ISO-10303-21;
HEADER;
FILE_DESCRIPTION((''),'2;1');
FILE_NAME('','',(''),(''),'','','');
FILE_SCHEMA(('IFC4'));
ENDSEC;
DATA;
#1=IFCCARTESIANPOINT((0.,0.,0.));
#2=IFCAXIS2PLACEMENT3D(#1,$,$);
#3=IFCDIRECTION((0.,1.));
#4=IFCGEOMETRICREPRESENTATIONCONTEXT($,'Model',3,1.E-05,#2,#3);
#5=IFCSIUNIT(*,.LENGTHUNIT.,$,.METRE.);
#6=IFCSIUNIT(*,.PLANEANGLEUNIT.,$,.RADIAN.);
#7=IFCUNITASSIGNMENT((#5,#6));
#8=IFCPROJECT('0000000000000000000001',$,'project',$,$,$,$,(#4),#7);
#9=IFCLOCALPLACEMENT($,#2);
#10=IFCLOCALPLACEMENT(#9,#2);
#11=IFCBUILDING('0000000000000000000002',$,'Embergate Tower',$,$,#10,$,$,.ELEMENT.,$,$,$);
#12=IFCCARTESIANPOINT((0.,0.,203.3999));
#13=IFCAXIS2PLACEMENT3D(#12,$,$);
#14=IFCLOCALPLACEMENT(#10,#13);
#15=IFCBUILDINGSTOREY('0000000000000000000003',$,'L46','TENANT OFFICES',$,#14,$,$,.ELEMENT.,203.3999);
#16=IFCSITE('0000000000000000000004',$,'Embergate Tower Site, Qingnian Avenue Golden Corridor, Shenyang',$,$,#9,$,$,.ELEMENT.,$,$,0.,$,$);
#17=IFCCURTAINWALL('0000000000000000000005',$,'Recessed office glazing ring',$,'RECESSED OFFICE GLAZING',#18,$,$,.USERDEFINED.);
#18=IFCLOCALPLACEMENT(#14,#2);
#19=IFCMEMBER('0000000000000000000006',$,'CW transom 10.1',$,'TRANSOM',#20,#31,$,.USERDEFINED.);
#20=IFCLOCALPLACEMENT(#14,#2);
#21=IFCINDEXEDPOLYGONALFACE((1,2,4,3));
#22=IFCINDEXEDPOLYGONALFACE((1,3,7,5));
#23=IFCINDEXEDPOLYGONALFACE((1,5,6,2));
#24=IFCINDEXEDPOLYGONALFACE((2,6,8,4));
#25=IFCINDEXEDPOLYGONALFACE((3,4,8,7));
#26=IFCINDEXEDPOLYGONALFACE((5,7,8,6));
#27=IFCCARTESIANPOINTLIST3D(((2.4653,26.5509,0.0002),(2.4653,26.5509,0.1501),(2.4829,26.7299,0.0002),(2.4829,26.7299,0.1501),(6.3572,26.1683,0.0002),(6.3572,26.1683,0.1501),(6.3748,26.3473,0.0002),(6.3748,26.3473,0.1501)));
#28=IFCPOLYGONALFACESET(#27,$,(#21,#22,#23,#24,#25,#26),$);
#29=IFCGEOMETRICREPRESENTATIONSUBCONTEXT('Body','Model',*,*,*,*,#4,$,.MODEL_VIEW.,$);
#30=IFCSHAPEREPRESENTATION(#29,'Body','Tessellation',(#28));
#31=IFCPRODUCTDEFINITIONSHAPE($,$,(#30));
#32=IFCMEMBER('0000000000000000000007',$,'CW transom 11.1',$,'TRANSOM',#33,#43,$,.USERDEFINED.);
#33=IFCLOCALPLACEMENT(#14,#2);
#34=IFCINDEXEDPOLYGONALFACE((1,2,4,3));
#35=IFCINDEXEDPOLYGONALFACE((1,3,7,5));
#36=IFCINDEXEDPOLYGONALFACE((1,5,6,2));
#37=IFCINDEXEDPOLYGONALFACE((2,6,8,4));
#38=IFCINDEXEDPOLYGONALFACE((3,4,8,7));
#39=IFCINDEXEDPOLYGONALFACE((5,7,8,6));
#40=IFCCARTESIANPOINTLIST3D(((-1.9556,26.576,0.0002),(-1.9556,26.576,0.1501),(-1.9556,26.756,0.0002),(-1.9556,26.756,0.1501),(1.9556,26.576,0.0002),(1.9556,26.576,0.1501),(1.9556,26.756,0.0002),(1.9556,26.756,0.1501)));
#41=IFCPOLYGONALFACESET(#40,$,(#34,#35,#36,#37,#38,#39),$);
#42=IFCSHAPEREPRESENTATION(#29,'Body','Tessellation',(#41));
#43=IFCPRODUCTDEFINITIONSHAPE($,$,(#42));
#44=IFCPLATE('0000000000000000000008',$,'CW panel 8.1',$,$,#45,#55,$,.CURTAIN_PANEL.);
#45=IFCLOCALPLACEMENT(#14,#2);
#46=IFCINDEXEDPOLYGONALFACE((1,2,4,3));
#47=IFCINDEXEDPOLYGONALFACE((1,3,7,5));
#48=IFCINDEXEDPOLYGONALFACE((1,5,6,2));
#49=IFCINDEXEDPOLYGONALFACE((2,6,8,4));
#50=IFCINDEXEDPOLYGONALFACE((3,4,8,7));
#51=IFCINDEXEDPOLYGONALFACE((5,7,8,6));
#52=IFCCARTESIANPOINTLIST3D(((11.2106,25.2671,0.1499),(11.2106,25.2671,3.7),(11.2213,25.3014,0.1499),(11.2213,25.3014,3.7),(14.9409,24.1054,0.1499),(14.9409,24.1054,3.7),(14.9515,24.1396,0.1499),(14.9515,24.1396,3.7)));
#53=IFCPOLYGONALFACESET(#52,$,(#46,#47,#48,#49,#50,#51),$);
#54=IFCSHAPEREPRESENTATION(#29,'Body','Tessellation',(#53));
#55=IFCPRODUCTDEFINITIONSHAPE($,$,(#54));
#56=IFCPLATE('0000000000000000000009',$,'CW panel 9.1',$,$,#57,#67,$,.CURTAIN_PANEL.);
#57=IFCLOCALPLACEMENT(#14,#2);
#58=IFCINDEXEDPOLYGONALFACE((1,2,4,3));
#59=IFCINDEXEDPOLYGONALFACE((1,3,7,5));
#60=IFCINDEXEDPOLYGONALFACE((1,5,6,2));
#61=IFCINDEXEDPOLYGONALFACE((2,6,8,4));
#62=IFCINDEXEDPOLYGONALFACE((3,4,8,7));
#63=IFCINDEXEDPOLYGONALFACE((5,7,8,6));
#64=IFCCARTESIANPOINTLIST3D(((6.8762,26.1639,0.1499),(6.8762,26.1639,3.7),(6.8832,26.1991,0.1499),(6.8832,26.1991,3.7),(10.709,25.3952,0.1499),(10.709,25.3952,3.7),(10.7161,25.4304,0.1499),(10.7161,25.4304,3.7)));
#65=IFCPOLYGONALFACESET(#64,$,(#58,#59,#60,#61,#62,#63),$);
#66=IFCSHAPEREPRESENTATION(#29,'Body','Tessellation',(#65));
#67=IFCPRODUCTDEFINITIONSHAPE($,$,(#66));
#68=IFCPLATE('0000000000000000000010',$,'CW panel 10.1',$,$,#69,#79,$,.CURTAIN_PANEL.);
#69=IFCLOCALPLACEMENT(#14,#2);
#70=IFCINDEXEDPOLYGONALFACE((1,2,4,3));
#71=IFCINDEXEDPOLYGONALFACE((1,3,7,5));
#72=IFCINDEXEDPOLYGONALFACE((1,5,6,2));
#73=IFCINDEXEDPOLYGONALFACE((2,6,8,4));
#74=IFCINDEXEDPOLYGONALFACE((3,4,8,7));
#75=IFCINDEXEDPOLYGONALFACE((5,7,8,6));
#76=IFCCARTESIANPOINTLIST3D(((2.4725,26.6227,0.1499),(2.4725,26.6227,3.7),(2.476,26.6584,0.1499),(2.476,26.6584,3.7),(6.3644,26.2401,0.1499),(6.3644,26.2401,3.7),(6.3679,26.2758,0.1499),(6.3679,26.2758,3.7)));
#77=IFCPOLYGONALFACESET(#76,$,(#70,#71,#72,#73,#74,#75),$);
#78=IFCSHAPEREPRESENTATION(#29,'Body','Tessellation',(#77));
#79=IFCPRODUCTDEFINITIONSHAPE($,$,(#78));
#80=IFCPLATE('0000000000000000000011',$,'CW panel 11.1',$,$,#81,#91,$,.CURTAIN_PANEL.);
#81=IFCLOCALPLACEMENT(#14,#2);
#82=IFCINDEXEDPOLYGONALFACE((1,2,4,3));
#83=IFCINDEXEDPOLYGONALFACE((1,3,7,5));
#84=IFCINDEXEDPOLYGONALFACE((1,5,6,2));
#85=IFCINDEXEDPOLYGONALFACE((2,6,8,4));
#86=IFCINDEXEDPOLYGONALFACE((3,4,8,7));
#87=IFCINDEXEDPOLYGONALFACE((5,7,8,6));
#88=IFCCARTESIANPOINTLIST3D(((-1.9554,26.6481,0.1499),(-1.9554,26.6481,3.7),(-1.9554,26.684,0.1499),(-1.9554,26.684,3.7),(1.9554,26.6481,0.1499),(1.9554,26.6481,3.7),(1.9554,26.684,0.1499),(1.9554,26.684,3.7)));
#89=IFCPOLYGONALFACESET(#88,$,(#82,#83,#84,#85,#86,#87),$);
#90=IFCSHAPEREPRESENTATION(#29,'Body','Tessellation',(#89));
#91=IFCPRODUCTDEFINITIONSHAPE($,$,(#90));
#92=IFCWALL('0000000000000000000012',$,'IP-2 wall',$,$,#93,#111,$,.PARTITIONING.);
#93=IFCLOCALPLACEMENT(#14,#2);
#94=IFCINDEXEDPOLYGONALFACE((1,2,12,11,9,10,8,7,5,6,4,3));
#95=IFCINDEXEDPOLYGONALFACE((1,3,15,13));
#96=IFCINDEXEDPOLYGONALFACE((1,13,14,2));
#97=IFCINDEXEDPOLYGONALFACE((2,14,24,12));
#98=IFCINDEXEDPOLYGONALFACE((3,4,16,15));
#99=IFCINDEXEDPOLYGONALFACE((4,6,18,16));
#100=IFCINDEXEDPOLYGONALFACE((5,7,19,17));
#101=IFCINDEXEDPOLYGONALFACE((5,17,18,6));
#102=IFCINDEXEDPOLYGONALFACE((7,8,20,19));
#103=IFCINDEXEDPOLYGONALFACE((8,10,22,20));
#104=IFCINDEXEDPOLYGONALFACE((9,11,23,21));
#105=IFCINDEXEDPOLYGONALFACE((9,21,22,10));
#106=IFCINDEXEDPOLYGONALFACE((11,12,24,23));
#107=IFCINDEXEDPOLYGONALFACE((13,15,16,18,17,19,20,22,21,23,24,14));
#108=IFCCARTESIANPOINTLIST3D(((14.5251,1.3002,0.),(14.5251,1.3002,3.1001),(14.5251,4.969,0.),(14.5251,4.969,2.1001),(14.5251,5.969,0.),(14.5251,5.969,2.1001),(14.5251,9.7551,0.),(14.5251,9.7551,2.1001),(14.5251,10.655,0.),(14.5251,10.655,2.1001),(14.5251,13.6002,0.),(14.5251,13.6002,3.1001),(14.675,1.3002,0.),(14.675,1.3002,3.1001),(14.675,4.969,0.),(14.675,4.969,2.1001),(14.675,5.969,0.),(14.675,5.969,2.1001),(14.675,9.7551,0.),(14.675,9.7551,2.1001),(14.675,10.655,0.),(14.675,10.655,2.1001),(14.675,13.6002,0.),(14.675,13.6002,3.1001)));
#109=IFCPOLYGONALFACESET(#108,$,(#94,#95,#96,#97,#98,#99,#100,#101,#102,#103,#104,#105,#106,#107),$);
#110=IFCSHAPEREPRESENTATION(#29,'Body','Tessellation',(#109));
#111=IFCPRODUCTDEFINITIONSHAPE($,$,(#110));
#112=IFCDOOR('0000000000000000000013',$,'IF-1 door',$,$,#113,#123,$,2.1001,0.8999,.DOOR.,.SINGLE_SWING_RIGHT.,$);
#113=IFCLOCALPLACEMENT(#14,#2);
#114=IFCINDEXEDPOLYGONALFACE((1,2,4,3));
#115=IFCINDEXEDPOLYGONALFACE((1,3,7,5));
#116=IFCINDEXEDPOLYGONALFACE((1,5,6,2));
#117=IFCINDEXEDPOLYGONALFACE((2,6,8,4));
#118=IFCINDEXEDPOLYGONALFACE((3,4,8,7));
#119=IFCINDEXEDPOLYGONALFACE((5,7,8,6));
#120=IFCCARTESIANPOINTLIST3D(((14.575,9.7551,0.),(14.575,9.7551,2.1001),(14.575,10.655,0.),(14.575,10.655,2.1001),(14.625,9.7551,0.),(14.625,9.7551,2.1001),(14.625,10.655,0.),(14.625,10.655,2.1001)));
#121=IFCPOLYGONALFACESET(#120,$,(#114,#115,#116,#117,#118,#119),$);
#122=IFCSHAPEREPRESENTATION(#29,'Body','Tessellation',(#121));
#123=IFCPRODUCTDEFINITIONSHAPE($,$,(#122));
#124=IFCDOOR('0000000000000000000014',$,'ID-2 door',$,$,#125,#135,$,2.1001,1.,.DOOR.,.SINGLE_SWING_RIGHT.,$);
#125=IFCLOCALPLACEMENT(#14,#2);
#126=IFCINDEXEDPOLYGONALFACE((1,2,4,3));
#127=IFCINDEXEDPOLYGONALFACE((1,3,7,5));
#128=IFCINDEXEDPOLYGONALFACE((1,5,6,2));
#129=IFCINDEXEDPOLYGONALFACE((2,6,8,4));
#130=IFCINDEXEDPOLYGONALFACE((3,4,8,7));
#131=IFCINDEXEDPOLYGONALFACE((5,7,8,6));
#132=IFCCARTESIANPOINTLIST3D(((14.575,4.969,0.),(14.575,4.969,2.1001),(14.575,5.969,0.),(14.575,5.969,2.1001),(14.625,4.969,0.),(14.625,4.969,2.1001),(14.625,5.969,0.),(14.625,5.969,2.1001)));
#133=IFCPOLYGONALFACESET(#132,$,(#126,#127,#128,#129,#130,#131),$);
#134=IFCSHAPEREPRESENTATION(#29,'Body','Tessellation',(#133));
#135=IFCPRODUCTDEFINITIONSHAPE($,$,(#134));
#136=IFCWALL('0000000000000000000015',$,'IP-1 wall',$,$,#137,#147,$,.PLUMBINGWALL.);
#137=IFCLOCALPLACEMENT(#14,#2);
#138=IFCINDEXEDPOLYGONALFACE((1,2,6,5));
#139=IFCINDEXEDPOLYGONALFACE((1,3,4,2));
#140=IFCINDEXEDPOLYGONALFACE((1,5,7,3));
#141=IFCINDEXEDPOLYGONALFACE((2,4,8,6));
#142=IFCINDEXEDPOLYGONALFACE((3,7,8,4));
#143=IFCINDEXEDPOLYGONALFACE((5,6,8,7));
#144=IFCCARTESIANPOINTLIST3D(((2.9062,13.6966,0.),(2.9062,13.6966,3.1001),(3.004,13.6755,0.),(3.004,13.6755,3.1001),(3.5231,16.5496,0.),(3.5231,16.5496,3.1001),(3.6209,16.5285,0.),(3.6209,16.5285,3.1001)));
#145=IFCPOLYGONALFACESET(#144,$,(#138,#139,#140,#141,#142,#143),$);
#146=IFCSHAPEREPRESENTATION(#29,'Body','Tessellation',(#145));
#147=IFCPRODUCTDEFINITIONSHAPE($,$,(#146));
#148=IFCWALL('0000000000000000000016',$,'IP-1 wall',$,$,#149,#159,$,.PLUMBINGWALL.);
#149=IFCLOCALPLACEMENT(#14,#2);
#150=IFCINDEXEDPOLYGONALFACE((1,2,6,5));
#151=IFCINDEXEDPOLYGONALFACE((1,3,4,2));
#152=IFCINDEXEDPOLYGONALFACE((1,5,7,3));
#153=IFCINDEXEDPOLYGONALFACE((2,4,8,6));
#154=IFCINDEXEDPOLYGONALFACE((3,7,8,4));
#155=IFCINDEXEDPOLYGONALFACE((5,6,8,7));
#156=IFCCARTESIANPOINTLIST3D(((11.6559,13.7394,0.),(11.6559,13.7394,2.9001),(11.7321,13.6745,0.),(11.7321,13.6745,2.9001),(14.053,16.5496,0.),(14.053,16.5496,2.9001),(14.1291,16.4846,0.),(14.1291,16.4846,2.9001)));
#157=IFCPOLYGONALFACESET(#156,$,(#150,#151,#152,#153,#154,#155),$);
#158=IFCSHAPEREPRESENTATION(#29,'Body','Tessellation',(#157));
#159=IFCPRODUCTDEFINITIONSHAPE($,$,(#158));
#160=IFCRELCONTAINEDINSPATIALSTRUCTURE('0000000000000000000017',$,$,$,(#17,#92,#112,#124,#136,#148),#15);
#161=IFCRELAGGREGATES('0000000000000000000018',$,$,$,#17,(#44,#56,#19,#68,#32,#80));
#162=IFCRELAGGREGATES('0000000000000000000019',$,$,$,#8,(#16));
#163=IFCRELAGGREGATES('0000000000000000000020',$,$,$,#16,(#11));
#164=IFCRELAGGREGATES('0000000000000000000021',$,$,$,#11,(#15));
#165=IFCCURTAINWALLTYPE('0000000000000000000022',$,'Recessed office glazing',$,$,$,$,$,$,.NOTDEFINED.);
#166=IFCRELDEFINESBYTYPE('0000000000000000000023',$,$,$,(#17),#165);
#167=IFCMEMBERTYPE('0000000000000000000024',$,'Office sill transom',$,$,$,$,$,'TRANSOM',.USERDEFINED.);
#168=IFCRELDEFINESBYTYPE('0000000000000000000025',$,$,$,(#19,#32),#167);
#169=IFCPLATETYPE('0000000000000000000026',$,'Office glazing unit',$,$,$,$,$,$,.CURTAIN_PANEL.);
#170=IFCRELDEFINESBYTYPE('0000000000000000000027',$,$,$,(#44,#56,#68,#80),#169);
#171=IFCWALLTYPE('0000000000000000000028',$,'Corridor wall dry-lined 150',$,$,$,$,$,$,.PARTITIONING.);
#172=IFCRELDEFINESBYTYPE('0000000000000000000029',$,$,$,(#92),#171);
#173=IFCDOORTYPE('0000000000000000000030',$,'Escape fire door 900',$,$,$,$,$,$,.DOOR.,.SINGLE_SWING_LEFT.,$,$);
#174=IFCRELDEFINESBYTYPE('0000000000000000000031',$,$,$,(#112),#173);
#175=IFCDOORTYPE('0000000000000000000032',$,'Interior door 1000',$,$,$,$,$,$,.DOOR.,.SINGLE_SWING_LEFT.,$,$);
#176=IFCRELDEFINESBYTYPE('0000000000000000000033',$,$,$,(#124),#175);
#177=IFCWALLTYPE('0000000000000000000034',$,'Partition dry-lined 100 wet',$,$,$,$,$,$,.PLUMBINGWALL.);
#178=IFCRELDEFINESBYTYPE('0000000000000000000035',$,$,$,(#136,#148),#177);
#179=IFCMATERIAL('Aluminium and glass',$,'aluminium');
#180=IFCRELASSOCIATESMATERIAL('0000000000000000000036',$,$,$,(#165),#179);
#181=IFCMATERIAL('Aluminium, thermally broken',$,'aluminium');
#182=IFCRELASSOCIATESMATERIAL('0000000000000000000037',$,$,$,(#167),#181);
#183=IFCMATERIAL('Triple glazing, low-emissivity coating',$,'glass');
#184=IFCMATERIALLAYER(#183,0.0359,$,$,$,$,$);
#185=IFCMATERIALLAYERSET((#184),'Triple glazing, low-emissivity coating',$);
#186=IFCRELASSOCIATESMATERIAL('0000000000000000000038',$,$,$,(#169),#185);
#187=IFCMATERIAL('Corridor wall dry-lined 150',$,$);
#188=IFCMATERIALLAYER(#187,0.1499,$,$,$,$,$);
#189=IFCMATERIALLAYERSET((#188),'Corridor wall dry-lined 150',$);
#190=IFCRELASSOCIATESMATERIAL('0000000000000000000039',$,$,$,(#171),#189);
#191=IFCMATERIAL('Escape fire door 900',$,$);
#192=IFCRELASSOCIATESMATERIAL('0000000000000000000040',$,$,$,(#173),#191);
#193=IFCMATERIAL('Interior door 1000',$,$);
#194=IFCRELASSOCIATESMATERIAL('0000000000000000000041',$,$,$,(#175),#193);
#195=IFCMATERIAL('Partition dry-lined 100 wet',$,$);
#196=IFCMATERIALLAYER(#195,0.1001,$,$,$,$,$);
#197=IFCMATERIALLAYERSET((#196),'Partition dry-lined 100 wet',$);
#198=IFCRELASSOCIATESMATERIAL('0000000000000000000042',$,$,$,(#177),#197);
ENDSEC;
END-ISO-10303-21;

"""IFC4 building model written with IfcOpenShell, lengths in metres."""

from ifc_helpers import new_model, si_unit, direction, frame, frame_2d, origin, origin_2d, place, context, subcontext, project, spatial, rectangle, extrude, source, transform, mapped, material, layer, layer_set, material_profile, profile_set, type_object, element, fill, aggregate, save


model = new_model("IFC4")

# Units and contexts
model_context = context("Model", 3, precision=1e-05, world=origin(), true_north=direction((0.0, 1.0)))
body_context = subcontext(model_context, "Body", "Model", "MODEL_VIEW")
ifc_project = project(units=[si_unit("LENGTHUNIT", "METRE"), si_unit("PLANEANGLEUNIT", "RADIAN")], contexts=[model_context])

# Site, building, storey
site_placement = place(None, origin())
site = spatial("IfcSite", under=ifc_project, at=site_placement, Name="Embergate Tower Site, Qingnian Avenue Golden Corridor, Shenyang", CompositionType="ELEMENT", RefElevation=0.0)
building_placement = place(site_placement, origin())
building = spatial("IfcBuilding", under=site, at=building_placement, Name="Embergate Tower", CompositionType="ELEMENT")
storey_placement = place(building_placement, frame((0.0, 0.0, 203.3999)))
storey = spatial("IfcBuildingStorey", under=building, at=storey_placement, Name="L46", Description="TENANT OFFICES", CompositionType="ELEMENT", Elevation=203.3999)

# Curtain wall, members, plates
ifc_material_1 = material(Name="Aluminium and glass", Category="aluminium")
curtain_wall_type = type_object("IfcCurtainWallType", Name="Recessed office glazing", PredefinedType="NOTDEFINED", material=ifc_material_1)
curtain_wall_placement = place(storey_placement, origin())
curtain_wall = element("IfcCurtainWall", 1, at=curtain_wall_placement, inside=storey, type_object=curtain_wall_type, Name="Recessed office glazing ring", ObjectType="RECESSED OFFICE GLAZING", PredefinedType="USERDEFINED")
ifc_material_2 = material(Name="Aluminium, thermally broken", Category="aluminium")
ifc_material_profile_1 = material_profile(ifc_material_2, rectangle(XDim=0.1799, YDim=0.1499, at=origin_2d()), Name="AL 150x180")
ifc_profile_set_1 = profile_set([ifc_material_profile_1], Name="Aluminium, thermally broken")
member_type_1 = type_object("IfcMemberType", Name="Office sill transom", ElementType="TRANSOM", PredefinedType="USERDEFINED", material=ifc_profile_set_1)
shared_shape_1 = source(origin(), body_context, "Body", "SweptSolid", [
    extrude(rectangle(XDim=0.1799, YDim=0.1499, at=origin_2d()), origin(), (0.0, 0.0, 1.0), 3.9106),
])
member_1_placement = place(storey_placement, frame((6.366, 26.2578, 0.0752), z_axis=(-0.995203, 0.097828, 0.0), x_axis=(-0.097828, -0.995203, 0.0)))
member_1 = element("IfcMember", 2, at=member_1_placement, type_object=member_type_1, Name="CW transom 10.1", ObjectType="TRANSOM", PredefinedType="USERDEFINED", context=body_context, shape_type="MappedRepresentation", body=[
    mapped(shared_shape_1, transform((0.0, 0.0, 0.0))),
])
shared_shape_2 = source(origin(), body_context, "Body", "SweptSolid", [
    extrude(rectangle(XDim=0.1799, YDim=0.1499, at=origin_2d()), origin(), (0.0, 0.0, 1.0), 3.9111),
])
member_2_placement = place(storey_placement, frame((1.9556, 26.666, 0.0752), z_axis=(-1.0, 0.0, 0.0), x_axis=(0.0, -1.0, 0.0)))
member_2 = element("IfcMember", 3, at=member_2_placement, type_object=member_type_1, Name="CW transom 11.1", ObjectType="TRANSOM", PredefinedType="USERDEFINED", context=body_context, shape_type="MappedRepresentation", body=[
    mapped(shared_shape_2, transform((0.0, 0.0, 0.0))),
])
ifc_material_3 = material(Name="Triple glazing, low-emissivity coating", Category="glass")
ifc_layer_1 = layer(ifc_material_3, 0.0359)
ifc_layer_set_1 = layer_set([ifc_layer_1], Name="Triple glazing, low-emissivity coating")
plate_type = type_object("IfcPlateType", Name="Office glazing unit", PredefinedType="CURTAIN_PANEL", material=ifc_layer_set_1)
shared_shape_3 = source(origin(), body_context, "Body", "SweptSolid", [
    extrude(rectangle(XDim=3.907, YDim=0.0359, at=origin_2d()), origin(), (0.0, 0.0, 1.0), 3.55),
])
plate_1_placement = place(storey_placement, frame((13.0811, 24.7034, 0.1499), z_axis=(0.0, 0.0, 1.0), x_axis=(-0.95477, 0.297347, 0.0)))
plate_1 = element("IfcPlate", 4, at=plate_1_placement, type_object=plate_type, Name="CW panel 8.1", PredefinedType="CURTAIN_PANEL", context=body_context, shape_type="MappedRepresentation", body=[
    mapped(shared_shape_3, transform((0.0, 0.0, 0.0))),
])
shared_shape_4 = source(origin(), body_context, "Body", "SweptSolid", [
    extrude(rectangle(XDim=3.9092, YDim=0.0359, at=origin_2d()), origin(), (0.0, 0.0, 1.0), 3.55),
])
plate_2_placement = place(storey_placement, frame((8.7961, 25.7971, 0.1499), z_axis=(0.0, 0.0, 1.0), x_axis=(-0.980475, 0.196646, 0.0)))
plate_2 = element("IfcPlate", 5, at=plate_2_placement, type_object=plate_type, Name="CW panel 9.1", PredefinedType="CURTAIN_PANEL", context=body_context, shape_type="MappedRepresentation", body=[
    mapped(shared_shape_4, transform((0.0, 0.0, 0.0))),
])
shared_shape_5 = source(origin(), body_context, "Body", "SweptSolid", [
    extrude(rectangle(XDim=3.9106, YDim=0.0359, at=origin_2d()), origin(), (0.0, 0.0, 1.0), 3.55),
])
plate_3_placement = place(storey_placement, frame((4.4202, 26.4492, 0.1499), z_axis=(0.0, 0.0, 1.0), x_axis=(-0.995203, 0.097833, 0.0)))
plate_3 = element("IfcPlate", 6, at=plate_3_placement, type_object=plate_type, Name="CW panel 10.1", PredefinedType="CURTAIN_PANEL", context=body_context, shape_type="MappedRepresentation", body=[
    mapped(shared_shape_5, transform((0.0, 0.0, 0.0))),
])
shared_shape_6 = source(origin(), body_context, "Body", "SweptSolid", [
    extrude(rectangle(XDim=3.9109, YDim=0.0359, at=origin_2d()), origin(), (0.0, 0.0, 1.0), 3.55),
])
plate_4_placement = place(storey_placement, frame((0.0, 26.666, 0.1499), z_axis=(0.0, 0.0, 1.0), x_axis=(-1.0, 0.0, 0.0)))
plate_4 = element("IfcPlate", 7, at=plate_4_placement, type_object=plate_type, Name="CW panel 11.1", PredefinedType="CURTAIN_PANEL", context=body_context, shape_type="MappedRepresentation", body=[
    mapped(shared_shape_6, transform((0.0, 0.0, 0.0))),
])
aggregate(curtain_wall, [plate_1, plate_2, member_1, plate_3, member_2, plate_4])

# Wall, openings, doors
ifc_material_4 = material(Name="Corridor wall dry-lined 150")
ifc_layer_2 = layer(ifc_material_4, 0.1499)
ifc_layer_set_2 = layer_set([ifc_layer_2], Name="Corridor wall dry-lined 150")
wall_type_1 = type_object("IfcWallType", Name="Corridor wall dry-lined 150", PredefinedType="PARTITIONING", material=ifc_layer_set_2)
shared_shape_7 = source(origin(), body_context, "Body", "SweptSolid", [
    extrude(rectangle(XDim=12.3, YDim=0.1499, at=frame_2d((6.1499, 0.0))), origin(), (0.0, 0.0, 1.0), 3.1001),
])
wall_1_placement = place(storey_placement, frame((14.6001, 13.6001, 0.0), z_axis=(0.0, 0.0, 1.0), x_axis=(0.0, -1.0, 0.0)))
wall_1 = element("IfcWall", 8, at=wall_1_placement, inside=storey, type_object=wall_type_1, Name="IP-2 wall", PredefinedType="PARTITIONING", context=body_context, shape_type="MappedRepresentation", body=[
    mapped(shared_shape_7, transform((0.0, 0.0, 0.0))),
])
shared_shape_8 = source(origin(), body_context, "Body", "SweptSolid", [
    extrude(rectangle(XDim=1.0, YDim=2.1001, at=frame_2d((0.5, 1.05))), frame((0.0, 0.085, 0.0), z_axis=(0.0, -1.0, 0.0), x_axis=(1.0, 0.0, 0.0)), (0.0, 0.0, 1.0), 0.1699),
])
opening_1_placement = place(wall_1_placement, frame((7.6311, 0.0, 0.0)))
opening_1 = element("IfcOpeningElement", 9, at=opening_1_placement, cuts=wall_1, PredefinedType="OPENING", context=body_context, shape_type="MappedRepresentation", body=[
    mapped(shared_shape_8, transform((0.0, 0.0, 0.0))),
])
shared_shape_9 = source(origin(), body_context, "Body", "SweptSolid", [
    extrude(rectangle(XDim=0.8999, YDim=2.1001, at=frame_2d((0.45, 1.05))), frame((0.0, 0.085, 0.0), z_axis=(0.0, -1.0, 0.0), x_axis=(1.0, 0.0, 0.0)), (0.0, 0.0, 1.0), 0.1699),
])
opening_2_placement = place(wall_1_placement, frame((2.9451, 0.0, 0.0)))
opening_2 = element("IfcOpeningElement", 10, at=opening_2_placement, cuts=wall_1, PredefinedType="OPENING", context=body_context, shape_type="MappedRepresentation", body=[
    mapped(shared_shape_9, transform((0.0, 0.0, 0.0))),
])
ifc_material_5 = material(Name="Escape fire door 900")
door_type_1 = type_object("IfcDoorType", Name="Escape fire door 900", OperationType="SINGLE_SWING_LEFT", PredefinedType="DOOR", material=ifc_material_5)
shared_shape_10 = source(origin(), body_context, "Body", "SweptSolid", [
    extrude(rectangle(XDim=0.8999, YDim=2.1001, at=frame_2d((0.45, 1.05))), frame((0.0, 0.0249, 0.0), z_axis=(0.0, -1.0, 0.0), x_axis=(1.0, 0.0, 0.0)), (0.0, 0.0, 1.0), 0.05),
])
door_1_placement = place(opening_2_placement, origin())
door_1 = element("IfcDoor", 11, at=door_1_placement, inside=storey, type_object=door_type_1, Name="IF-1 door", OperationType="SINGLE_SWING_RIGHT", OverallHeight=2.1001, OverallWidth=0.8999, PredefinedType="DOOR", context=body_context, shape_type="MappedRepresentation", body=[
    mapped(shared_shape_10, transform((0.0, 0.0, 0.0))),
])
fill(opening_2, door_1)
ifc_material_6 = material(Name="Interior door 1000")
door_type_2 = type_object("IfcDoorType", Name="Interior door 1000", OperationType="SINGLE_SWING_LEFT", PredefinedType="DOOR", material=ifc_material_6)
shared_shape_11 = source(origin(), body_context, "Body", "SweptSolid", [
    extrude(rectangle(XDim=1.0, YDim=2.1001, at=frame_2d((0.5, 1.05))), frame((0.0, 0.0249, 0.0), z_axis=(0.0, -1.0, 0.0), x_axis=(1.0, 0.0, 0.0)), (0.0, 0.0, 1.0), 0.05),
])
door_2_placement = place(opening_1_placement, origin())
door_2 = element("IfcDoor", 12, at=door_2_placement, inside=storey, type_object=door_type_2, Name="ID-2 door", OperationType="SINGLE_SWING_RIGHT", OverallHeight=2.1001, OverallWidth=1.0, PredefinedType="DOOR", context=body_context, shape_type="MappedRepresentation", body=[
    mapped(shared_shape_11, transform((0.0, 0.0, 0.0))),
])
fill(opening_1, door_2)

# Walls
ifc_material_7 = material(Name="Partition dry-lined 100 wet")
ifc_layer_3 = layer(ifc_material_7, 0.1001)
ifc_layer_set_3 = layer_set([ifc_layer_3], Name="Partition dry-lined 100 wet")
wall_type_2 = type_object("IfcWallType", Name="Partition dry-lined 100 wet", PredefinedType="PLUMBINGWALL", material=ifc_layer_set_3)
shared_shape_12 = source(origin(), body_context, "Body", "SweptSolid", [
    extrude(rectangle(XDim=2.9189, YDim=0.1001, at=frame_2d((1.4595, 0.0))), origin(), (0.0, 0.0, 1.0), 3.1001),
])
wall_2_placement = place(storey_placement, frame((2.9551, 13.686, 0.0), z_axis=(0.0, 0.0, 1.0), x_axis=(0.211357, 0.977409, 0.0)))
element("IfcWall", 13, at=wall_2_placement, inside=storey, type_object=wall_type_2, Name="IP-1 wall", PredefinedType="PLUMBINGWALL", context=body_context, shape_type="MappedRepresentation", body=[
    mapped(shared_shape_12, transform((0.0, 0.0, 0.0))),
])
shared_shape_13 = source(origin(), body_context, "Body", "SweptSolid", [
    extrude(rectangle(XDim=3.6936, YDim=0.1001, at=frame_2d((1.8467, 0.0))), origin(), (0.0, 0.0, 1.0), 2.9001),
])
wall_3_placement = place(storey_placement, frame((11.6941, 13.707, 0.0), z_axis=(0.0, 0.0, 1.0), x_axis=(0.648971, 0.760813, 0.0)))
element("IfcWall", 14, at=wall_3_placement, inside=storey, type_object=wall_type_2, Name="IP-1 wall", PredefinedType="PLUMBINGWALL", context=body_context, shape_type="MappedRepresentation", body=[
    mapped(shared_shape_13, transform((0.0, 0.0, 0.0))),
])

save(model, "model.ifc")
